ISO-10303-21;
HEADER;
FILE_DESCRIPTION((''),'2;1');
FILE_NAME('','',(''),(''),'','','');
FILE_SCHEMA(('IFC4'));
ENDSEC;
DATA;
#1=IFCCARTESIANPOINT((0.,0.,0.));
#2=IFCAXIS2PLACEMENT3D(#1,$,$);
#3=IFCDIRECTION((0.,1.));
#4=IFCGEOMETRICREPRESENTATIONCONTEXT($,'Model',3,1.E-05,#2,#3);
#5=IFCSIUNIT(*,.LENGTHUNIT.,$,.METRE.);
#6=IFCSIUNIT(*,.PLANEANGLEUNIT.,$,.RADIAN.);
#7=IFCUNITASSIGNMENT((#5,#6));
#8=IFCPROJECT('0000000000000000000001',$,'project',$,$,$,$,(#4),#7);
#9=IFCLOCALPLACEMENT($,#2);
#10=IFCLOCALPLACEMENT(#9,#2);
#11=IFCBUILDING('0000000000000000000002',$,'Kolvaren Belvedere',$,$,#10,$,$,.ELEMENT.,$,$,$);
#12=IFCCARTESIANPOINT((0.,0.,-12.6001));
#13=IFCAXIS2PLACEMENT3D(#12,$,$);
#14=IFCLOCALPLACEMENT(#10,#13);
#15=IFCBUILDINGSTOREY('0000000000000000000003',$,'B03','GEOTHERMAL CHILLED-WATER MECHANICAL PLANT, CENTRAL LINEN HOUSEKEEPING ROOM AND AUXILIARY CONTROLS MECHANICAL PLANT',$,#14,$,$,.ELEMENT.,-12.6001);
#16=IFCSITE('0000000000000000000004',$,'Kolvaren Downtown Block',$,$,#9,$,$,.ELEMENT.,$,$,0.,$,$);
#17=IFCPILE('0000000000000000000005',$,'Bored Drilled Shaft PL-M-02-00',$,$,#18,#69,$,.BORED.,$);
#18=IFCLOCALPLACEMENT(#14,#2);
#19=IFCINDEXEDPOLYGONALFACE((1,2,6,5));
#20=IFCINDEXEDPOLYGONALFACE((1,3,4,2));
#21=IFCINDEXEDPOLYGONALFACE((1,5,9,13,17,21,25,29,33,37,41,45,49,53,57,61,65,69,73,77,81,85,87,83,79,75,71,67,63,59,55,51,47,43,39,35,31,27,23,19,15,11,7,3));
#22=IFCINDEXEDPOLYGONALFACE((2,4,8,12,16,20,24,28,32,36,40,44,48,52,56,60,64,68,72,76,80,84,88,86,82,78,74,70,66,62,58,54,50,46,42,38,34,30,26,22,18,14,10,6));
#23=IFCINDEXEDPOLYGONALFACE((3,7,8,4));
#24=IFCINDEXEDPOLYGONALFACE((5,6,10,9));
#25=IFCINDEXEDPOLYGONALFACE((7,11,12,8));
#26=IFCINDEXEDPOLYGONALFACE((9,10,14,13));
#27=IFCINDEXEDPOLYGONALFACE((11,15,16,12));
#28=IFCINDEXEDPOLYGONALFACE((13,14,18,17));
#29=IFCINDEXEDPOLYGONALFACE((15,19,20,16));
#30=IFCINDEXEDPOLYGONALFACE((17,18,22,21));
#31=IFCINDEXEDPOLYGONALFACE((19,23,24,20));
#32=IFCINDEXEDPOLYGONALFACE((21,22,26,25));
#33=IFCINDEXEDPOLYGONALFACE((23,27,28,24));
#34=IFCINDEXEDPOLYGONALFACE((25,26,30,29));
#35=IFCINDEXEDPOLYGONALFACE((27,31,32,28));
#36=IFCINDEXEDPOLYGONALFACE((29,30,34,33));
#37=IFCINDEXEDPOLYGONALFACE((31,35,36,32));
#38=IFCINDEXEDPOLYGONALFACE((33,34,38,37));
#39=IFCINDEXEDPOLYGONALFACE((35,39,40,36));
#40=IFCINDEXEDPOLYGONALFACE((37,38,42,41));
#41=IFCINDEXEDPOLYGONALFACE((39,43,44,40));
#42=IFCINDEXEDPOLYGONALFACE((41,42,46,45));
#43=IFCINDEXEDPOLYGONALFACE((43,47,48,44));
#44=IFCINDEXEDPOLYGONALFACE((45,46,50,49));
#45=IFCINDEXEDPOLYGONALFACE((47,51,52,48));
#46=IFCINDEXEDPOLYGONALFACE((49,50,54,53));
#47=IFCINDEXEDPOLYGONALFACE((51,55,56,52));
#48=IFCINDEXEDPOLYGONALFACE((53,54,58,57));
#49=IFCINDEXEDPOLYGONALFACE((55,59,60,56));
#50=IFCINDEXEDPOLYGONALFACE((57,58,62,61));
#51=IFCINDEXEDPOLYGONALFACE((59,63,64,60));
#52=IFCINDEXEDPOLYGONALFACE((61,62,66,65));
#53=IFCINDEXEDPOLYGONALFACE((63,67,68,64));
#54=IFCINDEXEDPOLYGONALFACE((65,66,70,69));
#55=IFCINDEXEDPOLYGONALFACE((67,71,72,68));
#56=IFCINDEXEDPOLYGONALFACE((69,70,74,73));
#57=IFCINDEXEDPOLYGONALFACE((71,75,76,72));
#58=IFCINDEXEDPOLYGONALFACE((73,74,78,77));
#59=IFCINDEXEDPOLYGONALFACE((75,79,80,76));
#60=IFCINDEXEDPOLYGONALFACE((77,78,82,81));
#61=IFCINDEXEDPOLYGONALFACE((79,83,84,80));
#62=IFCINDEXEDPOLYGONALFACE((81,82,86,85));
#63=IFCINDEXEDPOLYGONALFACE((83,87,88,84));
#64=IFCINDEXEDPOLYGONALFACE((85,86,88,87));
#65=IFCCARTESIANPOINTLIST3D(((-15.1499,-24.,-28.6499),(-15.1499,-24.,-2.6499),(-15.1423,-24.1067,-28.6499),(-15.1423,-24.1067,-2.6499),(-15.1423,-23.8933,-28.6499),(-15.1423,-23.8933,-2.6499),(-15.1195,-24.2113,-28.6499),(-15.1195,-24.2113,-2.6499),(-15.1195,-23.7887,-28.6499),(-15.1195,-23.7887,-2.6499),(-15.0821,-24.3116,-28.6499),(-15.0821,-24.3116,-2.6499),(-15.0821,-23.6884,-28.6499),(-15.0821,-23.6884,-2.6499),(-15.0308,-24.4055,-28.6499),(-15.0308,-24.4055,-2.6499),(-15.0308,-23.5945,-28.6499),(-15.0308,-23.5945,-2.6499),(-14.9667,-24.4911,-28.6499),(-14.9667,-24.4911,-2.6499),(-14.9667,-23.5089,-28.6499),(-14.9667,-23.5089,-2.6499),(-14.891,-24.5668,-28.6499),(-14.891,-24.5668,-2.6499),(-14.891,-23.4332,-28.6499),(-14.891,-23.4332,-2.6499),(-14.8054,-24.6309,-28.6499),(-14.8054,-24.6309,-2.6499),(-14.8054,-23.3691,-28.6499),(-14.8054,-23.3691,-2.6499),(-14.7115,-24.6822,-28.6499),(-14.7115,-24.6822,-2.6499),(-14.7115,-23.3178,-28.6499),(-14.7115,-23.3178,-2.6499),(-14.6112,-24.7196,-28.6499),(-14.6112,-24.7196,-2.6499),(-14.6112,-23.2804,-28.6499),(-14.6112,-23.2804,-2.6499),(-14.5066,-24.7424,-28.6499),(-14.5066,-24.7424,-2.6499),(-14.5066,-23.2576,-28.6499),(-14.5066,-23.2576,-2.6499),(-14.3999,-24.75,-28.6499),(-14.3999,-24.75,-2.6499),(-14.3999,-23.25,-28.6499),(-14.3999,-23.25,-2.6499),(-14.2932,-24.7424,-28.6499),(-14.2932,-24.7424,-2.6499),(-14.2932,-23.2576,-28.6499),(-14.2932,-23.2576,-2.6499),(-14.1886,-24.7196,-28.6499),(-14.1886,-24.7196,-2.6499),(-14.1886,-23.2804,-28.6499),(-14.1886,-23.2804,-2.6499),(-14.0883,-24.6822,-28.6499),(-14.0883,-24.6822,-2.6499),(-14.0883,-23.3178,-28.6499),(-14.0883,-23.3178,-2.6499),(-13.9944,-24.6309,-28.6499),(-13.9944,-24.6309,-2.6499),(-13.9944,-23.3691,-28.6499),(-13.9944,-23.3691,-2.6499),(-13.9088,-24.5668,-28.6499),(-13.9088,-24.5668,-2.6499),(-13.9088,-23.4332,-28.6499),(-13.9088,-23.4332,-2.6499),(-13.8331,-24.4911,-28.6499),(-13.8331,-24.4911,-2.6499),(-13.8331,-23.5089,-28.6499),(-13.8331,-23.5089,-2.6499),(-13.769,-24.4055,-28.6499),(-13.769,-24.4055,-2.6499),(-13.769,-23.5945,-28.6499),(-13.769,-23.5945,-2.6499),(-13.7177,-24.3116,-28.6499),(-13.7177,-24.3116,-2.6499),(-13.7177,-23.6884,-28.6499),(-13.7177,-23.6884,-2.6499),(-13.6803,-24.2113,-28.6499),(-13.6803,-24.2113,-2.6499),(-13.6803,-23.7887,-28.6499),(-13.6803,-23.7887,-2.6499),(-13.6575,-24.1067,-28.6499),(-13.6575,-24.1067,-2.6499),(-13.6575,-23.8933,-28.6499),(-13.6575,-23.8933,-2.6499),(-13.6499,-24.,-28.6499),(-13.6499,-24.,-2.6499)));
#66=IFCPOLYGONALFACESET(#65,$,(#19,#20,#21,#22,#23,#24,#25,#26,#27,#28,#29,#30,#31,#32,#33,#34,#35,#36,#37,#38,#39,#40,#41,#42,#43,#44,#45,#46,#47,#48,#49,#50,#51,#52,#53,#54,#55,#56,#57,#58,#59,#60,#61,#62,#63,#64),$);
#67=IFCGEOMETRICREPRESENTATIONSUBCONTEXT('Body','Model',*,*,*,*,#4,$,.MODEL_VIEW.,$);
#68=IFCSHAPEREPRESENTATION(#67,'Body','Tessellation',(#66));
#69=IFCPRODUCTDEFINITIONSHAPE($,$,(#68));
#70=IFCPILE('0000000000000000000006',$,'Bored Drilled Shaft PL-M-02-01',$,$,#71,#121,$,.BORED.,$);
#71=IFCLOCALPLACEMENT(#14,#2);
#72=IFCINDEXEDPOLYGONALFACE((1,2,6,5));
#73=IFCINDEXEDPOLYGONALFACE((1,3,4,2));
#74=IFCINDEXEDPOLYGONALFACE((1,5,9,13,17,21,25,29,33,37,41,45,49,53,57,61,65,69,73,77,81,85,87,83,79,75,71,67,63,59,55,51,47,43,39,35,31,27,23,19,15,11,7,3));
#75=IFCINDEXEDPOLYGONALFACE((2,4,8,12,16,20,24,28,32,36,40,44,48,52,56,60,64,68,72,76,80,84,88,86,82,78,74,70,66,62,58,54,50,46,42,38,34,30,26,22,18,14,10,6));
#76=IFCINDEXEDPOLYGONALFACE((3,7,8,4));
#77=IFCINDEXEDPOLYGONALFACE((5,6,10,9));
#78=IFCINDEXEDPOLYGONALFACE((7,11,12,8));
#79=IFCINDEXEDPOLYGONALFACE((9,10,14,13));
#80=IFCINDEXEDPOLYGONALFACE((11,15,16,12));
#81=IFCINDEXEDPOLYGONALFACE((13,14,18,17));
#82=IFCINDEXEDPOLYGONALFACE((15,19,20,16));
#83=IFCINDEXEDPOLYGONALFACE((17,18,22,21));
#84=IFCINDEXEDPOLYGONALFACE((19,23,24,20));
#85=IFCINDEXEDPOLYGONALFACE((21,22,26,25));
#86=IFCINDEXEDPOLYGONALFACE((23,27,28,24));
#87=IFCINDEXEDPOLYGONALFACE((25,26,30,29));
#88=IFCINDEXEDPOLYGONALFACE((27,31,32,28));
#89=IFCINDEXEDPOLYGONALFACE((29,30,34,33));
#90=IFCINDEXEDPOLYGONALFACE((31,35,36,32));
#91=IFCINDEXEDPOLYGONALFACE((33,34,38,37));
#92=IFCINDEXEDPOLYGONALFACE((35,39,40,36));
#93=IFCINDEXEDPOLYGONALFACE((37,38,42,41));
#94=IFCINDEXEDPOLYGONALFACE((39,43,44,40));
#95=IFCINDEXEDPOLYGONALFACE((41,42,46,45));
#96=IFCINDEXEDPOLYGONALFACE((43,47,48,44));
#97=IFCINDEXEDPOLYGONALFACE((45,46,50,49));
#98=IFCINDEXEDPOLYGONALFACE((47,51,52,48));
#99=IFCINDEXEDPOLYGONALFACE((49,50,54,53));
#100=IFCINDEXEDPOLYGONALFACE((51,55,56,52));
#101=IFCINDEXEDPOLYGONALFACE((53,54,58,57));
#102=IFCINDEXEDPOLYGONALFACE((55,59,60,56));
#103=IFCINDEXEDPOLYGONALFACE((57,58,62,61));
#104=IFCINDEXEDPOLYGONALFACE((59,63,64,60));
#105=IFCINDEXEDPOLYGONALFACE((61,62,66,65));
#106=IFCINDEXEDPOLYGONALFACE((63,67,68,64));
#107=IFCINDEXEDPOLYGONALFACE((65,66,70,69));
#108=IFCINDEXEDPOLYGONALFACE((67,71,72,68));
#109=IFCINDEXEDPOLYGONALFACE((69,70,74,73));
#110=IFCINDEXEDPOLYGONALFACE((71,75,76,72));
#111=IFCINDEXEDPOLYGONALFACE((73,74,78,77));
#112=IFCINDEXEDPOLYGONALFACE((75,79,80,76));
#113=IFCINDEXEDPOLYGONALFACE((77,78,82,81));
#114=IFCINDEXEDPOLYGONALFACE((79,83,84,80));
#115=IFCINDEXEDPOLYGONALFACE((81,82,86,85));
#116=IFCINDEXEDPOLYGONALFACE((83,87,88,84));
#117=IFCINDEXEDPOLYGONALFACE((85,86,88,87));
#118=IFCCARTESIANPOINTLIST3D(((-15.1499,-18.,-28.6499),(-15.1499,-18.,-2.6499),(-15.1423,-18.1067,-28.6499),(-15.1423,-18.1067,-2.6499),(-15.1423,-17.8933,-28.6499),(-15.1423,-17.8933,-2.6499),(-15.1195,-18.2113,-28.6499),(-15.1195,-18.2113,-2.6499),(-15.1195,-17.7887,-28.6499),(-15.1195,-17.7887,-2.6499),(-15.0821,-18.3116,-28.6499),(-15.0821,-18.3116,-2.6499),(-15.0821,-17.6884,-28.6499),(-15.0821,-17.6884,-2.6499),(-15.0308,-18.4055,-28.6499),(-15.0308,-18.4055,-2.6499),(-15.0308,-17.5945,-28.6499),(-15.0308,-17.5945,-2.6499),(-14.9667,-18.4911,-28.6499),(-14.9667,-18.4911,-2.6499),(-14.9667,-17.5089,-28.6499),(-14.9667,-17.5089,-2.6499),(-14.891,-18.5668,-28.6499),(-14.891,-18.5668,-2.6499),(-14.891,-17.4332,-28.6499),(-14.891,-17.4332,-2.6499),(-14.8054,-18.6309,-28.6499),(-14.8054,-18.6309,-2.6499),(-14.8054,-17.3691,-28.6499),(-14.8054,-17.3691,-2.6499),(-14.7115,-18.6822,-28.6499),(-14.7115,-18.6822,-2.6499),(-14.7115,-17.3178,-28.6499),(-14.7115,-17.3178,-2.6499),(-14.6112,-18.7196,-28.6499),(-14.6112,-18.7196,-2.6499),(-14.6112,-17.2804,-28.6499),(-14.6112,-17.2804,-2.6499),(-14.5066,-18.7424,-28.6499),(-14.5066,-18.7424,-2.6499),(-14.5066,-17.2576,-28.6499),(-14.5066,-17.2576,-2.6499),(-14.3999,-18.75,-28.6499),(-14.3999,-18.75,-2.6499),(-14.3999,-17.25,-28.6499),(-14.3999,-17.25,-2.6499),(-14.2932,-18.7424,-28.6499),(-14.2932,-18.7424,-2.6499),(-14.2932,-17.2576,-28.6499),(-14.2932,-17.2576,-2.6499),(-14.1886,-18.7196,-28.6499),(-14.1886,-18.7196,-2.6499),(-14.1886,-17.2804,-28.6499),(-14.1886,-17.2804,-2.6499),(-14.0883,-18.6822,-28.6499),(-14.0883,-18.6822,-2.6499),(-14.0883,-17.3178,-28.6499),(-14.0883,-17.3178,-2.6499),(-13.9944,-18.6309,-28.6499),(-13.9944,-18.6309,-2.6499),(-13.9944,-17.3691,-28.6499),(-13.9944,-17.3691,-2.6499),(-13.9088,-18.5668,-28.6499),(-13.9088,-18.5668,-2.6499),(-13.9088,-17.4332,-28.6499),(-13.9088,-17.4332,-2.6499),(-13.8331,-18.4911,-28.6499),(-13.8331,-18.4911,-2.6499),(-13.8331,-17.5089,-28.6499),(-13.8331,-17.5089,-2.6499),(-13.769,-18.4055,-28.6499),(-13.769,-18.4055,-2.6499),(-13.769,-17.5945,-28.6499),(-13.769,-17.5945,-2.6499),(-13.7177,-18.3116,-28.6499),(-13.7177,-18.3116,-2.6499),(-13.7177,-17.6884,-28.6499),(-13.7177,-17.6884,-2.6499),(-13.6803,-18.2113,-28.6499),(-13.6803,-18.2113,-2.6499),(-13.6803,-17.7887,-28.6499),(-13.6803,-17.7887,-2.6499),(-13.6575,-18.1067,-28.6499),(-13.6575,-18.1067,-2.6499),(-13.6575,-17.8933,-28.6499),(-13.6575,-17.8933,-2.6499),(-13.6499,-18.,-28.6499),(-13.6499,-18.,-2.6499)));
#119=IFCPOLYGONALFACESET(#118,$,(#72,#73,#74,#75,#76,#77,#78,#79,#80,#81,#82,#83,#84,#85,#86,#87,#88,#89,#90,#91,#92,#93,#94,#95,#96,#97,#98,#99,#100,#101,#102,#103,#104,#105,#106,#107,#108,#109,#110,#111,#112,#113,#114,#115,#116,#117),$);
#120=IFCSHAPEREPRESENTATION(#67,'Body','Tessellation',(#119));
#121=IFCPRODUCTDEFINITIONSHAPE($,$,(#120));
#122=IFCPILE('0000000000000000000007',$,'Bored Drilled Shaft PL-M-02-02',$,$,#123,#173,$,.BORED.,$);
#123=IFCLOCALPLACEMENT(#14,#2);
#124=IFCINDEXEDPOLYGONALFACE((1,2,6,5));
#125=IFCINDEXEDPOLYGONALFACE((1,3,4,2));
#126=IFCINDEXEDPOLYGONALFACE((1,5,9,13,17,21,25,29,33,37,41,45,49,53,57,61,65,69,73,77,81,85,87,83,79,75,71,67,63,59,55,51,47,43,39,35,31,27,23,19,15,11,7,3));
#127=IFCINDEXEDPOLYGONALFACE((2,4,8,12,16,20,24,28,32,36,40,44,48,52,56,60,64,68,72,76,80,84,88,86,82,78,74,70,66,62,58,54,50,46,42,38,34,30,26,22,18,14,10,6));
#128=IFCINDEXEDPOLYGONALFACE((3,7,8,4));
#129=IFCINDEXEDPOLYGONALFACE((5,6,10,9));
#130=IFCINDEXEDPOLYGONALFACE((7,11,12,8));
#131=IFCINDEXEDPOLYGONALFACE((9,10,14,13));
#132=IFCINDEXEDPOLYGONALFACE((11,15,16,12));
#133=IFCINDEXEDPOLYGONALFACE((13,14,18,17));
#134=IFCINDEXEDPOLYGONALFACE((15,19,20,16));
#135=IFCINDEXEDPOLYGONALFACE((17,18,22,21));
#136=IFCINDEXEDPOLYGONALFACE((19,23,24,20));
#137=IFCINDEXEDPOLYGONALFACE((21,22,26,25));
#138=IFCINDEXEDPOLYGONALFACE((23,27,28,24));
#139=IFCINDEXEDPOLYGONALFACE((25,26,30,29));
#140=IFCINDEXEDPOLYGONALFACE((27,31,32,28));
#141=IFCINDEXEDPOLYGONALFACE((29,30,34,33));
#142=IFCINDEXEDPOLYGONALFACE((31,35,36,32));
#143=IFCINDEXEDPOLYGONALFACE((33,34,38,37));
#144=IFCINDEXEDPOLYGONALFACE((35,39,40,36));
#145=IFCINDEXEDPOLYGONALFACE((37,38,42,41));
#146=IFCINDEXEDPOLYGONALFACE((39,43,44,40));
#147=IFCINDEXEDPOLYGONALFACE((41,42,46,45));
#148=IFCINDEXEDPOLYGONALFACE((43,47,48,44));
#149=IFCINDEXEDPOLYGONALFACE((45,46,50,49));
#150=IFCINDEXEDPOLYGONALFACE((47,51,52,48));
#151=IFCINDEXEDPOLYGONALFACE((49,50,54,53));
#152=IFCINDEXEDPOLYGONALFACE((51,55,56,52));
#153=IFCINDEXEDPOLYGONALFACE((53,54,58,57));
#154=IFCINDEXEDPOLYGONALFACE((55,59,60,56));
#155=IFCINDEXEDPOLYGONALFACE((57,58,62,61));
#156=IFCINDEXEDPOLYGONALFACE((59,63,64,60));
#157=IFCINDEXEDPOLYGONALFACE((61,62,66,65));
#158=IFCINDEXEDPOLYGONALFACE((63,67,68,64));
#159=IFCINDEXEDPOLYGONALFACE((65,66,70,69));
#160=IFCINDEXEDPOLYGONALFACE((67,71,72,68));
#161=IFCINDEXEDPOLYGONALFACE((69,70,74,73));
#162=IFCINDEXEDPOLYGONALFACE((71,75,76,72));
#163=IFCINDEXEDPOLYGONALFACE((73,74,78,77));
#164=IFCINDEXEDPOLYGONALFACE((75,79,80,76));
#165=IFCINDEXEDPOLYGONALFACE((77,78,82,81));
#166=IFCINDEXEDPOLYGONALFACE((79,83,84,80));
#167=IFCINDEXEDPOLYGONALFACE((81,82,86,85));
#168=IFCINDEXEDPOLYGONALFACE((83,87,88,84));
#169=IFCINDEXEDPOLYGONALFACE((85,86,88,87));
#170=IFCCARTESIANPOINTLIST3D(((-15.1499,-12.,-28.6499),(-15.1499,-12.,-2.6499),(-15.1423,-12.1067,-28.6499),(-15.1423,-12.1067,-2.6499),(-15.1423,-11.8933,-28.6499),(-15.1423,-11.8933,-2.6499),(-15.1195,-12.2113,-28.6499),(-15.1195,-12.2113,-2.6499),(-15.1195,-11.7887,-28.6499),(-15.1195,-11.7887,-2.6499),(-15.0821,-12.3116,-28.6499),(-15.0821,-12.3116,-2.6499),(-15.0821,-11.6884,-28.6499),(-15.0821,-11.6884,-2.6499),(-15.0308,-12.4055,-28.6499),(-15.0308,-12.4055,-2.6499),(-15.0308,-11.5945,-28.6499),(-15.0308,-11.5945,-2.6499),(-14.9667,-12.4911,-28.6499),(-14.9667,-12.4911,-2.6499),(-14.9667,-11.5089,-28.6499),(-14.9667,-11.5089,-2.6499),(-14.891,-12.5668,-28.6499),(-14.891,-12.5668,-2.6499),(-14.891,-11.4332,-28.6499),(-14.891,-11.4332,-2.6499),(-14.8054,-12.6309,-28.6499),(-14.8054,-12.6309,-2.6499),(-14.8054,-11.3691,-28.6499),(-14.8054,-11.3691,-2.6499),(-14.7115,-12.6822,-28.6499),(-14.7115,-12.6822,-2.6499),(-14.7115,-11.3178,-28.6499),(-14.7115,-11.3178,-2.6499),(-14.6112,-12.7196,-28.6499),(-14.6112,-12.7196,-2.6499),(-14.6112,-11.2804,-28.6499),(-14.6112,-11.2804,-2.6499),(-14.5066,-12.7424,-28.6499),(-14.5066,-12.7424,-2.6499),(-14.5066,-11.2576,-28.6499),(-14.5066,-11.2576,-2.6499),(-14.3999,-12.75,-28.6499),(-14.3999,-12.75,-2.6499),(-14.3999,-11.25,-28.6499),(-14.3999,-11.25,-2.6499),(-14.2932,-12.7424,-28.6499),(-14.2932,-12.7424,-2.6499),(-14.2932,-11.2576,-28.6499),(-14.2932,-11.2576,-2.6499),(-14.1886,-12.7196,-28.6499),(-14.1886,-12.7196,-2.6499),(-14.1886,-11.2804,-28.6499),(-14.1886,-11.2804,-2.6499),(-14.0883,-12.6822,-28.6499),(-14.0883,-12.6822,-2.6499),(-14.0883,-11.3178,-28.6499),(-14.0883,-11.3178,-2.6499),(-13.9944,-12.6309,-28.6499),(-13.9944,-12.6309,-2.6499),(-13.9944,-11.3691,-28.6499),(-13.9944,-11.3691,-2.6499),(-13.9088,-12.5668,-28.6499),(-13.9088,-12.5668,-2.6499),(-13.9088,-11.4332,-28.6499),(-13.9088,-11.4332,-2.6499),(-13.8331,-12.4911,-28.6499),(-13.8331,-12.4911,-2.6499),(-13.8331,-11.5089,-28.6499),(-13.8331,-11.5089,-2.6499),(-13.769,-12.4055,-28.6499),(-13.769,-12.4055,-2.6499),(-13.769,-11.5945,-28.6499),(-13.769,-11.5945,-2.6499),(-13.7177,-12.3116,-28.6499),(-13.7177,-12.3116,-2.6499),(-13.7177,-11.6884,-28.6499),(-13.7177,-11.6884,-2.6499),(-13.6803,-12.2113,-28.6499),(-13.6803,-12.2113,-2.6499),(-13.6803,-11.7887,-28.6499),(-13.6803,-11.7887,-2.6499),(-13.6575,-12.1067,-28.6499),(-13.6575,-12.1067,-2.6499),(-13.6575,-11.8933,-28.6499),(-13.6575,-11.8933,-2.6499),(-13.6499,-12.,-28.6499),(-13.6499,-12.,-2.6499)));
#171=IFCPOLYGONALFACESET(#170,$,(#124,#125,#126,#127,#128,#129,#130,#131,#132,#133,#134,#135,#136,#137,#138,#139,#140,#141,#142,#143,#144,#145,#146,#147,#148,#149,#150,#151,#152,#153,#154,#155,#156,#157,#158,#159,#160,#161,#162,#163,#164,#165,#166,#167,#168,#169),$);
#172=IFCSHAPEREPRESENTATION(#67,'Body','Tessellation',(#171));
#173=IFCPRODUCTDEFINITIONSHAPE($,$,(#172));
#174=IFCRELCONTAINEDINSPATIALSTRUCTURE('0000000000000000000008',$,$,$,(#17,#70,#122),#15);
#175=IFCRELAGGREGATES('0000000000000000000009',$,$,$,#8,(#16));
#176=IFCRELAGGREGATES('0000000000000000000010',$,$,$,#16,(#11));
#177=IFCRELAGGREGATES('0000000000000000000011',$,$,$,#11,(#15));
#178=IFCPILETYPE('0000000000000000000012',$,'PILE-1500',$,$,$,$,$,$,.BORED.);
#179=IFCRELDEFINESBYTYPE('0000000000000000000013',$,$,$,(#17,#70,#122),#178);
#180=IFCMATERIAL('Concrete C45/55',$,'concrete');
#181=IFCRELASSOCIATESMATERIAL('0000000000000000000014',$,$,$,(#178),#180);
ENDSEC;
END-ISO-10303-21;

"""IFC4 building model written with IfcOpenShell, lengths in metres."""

from ifc_helpers import new_model, si_unit, direction, frame, origin, origin_2d, place, context, subcontext, project, spatial, circle, extrude, material, material_profile, profile_set, type_object, element, save


model = new_model("IFC4")

# Units and contexts
model_context = context("Model", 3, precision=1e-05, world=origin(), true_north=direction((0.0, 1.0)))
body_context = subcontext(model_context, "Body", "Model", "MODEL_VIEW")
ifc_project = project(units=[si_unit("LENGTHUNIT", "METRE"), si_unit("PLANEANGLEUNIT", "RADIAN")], contexts=[model_context])

# Site, building, storey
site_placement = place(None, origin())
site = spatial("IfcSite", under=ifc_project, at=site_placement, Name="Kolvaren Downtown Block", CompositionType="ELEMENT", RefElevation=0.0)
building_placement = place(site_placement, origin())
building = spatial("IfcBuilding", under=site, at=building_placement, Name="Kolvaren Belvedere", CompositionType="ELEMENT")
storey_placement = place(building_placement, frame((0.0, 0.0, -12.6001)))
storey = spatial("IfcBuildingStorey", under=building, at=storey_placement, Name="B03", Description="GEOTHERMAL CHILLED-WATER MECHANICAL PLANT, CENTRAL LINEN HOUSEKEEPING ROOM AND AUXILIARY CONTROLS MECHANICAL PLANT", CompositionType="ELEMENT", Elevation=-12.6001)

# Piles
ifc_material_1 = material(Name="Concrete C45/55", Category="concrete")
ifc_material_profile_1 = material_profile(ifc_material_1, circle(Radius=0.75, at=origin_2d()), Name="BORED PILE D1500")
ifc_profile_set_1 = profile_set([ifc_material_profile_1], Name="Concrete C45/55")
pile_type_1 = type_object("IfcPileType", Name="PILE-1500", PredefinedType="BORED", material=ifc_profile_set_1)
for number, where, z_axis, x_axis, name in (
    (1, (-14.3999, -24.0, -2.6499), (0.0, 0.0, -1.0), (1.0, 0.0, 0.0), "Bored Drilled Shaft PL-M-02-00"),
    (2, (-14.3999, -18.0, -2.6499), (0.0, 0.0, -1.0), (1.0, 0.0, 0.0), "Bored Drilled Shaft PL-M-02-01"),
    (3, (-14.3999, -12.0, -2.6499), (0.0, 0.0, -1.0), (1.0, 0.0, 0.0), "Bored Drilled Shaft PL-M-02-02"),
):
    element("IfcPile", number, at=place(storey_placement, frame(where, z_axis=z_axis, x_axis=x_axis)), inside=storey, type_object=pile_type_1, Name=name, PredefinedType="BORED", context=body_context, shape_type="SweptSolid", body=[
        extrude(circle(Radius=0.75, at=origin_2d()), origin(), (0.0, 0.0, 1.0), 26.0),
    ])

save(model, "model.ifc")
